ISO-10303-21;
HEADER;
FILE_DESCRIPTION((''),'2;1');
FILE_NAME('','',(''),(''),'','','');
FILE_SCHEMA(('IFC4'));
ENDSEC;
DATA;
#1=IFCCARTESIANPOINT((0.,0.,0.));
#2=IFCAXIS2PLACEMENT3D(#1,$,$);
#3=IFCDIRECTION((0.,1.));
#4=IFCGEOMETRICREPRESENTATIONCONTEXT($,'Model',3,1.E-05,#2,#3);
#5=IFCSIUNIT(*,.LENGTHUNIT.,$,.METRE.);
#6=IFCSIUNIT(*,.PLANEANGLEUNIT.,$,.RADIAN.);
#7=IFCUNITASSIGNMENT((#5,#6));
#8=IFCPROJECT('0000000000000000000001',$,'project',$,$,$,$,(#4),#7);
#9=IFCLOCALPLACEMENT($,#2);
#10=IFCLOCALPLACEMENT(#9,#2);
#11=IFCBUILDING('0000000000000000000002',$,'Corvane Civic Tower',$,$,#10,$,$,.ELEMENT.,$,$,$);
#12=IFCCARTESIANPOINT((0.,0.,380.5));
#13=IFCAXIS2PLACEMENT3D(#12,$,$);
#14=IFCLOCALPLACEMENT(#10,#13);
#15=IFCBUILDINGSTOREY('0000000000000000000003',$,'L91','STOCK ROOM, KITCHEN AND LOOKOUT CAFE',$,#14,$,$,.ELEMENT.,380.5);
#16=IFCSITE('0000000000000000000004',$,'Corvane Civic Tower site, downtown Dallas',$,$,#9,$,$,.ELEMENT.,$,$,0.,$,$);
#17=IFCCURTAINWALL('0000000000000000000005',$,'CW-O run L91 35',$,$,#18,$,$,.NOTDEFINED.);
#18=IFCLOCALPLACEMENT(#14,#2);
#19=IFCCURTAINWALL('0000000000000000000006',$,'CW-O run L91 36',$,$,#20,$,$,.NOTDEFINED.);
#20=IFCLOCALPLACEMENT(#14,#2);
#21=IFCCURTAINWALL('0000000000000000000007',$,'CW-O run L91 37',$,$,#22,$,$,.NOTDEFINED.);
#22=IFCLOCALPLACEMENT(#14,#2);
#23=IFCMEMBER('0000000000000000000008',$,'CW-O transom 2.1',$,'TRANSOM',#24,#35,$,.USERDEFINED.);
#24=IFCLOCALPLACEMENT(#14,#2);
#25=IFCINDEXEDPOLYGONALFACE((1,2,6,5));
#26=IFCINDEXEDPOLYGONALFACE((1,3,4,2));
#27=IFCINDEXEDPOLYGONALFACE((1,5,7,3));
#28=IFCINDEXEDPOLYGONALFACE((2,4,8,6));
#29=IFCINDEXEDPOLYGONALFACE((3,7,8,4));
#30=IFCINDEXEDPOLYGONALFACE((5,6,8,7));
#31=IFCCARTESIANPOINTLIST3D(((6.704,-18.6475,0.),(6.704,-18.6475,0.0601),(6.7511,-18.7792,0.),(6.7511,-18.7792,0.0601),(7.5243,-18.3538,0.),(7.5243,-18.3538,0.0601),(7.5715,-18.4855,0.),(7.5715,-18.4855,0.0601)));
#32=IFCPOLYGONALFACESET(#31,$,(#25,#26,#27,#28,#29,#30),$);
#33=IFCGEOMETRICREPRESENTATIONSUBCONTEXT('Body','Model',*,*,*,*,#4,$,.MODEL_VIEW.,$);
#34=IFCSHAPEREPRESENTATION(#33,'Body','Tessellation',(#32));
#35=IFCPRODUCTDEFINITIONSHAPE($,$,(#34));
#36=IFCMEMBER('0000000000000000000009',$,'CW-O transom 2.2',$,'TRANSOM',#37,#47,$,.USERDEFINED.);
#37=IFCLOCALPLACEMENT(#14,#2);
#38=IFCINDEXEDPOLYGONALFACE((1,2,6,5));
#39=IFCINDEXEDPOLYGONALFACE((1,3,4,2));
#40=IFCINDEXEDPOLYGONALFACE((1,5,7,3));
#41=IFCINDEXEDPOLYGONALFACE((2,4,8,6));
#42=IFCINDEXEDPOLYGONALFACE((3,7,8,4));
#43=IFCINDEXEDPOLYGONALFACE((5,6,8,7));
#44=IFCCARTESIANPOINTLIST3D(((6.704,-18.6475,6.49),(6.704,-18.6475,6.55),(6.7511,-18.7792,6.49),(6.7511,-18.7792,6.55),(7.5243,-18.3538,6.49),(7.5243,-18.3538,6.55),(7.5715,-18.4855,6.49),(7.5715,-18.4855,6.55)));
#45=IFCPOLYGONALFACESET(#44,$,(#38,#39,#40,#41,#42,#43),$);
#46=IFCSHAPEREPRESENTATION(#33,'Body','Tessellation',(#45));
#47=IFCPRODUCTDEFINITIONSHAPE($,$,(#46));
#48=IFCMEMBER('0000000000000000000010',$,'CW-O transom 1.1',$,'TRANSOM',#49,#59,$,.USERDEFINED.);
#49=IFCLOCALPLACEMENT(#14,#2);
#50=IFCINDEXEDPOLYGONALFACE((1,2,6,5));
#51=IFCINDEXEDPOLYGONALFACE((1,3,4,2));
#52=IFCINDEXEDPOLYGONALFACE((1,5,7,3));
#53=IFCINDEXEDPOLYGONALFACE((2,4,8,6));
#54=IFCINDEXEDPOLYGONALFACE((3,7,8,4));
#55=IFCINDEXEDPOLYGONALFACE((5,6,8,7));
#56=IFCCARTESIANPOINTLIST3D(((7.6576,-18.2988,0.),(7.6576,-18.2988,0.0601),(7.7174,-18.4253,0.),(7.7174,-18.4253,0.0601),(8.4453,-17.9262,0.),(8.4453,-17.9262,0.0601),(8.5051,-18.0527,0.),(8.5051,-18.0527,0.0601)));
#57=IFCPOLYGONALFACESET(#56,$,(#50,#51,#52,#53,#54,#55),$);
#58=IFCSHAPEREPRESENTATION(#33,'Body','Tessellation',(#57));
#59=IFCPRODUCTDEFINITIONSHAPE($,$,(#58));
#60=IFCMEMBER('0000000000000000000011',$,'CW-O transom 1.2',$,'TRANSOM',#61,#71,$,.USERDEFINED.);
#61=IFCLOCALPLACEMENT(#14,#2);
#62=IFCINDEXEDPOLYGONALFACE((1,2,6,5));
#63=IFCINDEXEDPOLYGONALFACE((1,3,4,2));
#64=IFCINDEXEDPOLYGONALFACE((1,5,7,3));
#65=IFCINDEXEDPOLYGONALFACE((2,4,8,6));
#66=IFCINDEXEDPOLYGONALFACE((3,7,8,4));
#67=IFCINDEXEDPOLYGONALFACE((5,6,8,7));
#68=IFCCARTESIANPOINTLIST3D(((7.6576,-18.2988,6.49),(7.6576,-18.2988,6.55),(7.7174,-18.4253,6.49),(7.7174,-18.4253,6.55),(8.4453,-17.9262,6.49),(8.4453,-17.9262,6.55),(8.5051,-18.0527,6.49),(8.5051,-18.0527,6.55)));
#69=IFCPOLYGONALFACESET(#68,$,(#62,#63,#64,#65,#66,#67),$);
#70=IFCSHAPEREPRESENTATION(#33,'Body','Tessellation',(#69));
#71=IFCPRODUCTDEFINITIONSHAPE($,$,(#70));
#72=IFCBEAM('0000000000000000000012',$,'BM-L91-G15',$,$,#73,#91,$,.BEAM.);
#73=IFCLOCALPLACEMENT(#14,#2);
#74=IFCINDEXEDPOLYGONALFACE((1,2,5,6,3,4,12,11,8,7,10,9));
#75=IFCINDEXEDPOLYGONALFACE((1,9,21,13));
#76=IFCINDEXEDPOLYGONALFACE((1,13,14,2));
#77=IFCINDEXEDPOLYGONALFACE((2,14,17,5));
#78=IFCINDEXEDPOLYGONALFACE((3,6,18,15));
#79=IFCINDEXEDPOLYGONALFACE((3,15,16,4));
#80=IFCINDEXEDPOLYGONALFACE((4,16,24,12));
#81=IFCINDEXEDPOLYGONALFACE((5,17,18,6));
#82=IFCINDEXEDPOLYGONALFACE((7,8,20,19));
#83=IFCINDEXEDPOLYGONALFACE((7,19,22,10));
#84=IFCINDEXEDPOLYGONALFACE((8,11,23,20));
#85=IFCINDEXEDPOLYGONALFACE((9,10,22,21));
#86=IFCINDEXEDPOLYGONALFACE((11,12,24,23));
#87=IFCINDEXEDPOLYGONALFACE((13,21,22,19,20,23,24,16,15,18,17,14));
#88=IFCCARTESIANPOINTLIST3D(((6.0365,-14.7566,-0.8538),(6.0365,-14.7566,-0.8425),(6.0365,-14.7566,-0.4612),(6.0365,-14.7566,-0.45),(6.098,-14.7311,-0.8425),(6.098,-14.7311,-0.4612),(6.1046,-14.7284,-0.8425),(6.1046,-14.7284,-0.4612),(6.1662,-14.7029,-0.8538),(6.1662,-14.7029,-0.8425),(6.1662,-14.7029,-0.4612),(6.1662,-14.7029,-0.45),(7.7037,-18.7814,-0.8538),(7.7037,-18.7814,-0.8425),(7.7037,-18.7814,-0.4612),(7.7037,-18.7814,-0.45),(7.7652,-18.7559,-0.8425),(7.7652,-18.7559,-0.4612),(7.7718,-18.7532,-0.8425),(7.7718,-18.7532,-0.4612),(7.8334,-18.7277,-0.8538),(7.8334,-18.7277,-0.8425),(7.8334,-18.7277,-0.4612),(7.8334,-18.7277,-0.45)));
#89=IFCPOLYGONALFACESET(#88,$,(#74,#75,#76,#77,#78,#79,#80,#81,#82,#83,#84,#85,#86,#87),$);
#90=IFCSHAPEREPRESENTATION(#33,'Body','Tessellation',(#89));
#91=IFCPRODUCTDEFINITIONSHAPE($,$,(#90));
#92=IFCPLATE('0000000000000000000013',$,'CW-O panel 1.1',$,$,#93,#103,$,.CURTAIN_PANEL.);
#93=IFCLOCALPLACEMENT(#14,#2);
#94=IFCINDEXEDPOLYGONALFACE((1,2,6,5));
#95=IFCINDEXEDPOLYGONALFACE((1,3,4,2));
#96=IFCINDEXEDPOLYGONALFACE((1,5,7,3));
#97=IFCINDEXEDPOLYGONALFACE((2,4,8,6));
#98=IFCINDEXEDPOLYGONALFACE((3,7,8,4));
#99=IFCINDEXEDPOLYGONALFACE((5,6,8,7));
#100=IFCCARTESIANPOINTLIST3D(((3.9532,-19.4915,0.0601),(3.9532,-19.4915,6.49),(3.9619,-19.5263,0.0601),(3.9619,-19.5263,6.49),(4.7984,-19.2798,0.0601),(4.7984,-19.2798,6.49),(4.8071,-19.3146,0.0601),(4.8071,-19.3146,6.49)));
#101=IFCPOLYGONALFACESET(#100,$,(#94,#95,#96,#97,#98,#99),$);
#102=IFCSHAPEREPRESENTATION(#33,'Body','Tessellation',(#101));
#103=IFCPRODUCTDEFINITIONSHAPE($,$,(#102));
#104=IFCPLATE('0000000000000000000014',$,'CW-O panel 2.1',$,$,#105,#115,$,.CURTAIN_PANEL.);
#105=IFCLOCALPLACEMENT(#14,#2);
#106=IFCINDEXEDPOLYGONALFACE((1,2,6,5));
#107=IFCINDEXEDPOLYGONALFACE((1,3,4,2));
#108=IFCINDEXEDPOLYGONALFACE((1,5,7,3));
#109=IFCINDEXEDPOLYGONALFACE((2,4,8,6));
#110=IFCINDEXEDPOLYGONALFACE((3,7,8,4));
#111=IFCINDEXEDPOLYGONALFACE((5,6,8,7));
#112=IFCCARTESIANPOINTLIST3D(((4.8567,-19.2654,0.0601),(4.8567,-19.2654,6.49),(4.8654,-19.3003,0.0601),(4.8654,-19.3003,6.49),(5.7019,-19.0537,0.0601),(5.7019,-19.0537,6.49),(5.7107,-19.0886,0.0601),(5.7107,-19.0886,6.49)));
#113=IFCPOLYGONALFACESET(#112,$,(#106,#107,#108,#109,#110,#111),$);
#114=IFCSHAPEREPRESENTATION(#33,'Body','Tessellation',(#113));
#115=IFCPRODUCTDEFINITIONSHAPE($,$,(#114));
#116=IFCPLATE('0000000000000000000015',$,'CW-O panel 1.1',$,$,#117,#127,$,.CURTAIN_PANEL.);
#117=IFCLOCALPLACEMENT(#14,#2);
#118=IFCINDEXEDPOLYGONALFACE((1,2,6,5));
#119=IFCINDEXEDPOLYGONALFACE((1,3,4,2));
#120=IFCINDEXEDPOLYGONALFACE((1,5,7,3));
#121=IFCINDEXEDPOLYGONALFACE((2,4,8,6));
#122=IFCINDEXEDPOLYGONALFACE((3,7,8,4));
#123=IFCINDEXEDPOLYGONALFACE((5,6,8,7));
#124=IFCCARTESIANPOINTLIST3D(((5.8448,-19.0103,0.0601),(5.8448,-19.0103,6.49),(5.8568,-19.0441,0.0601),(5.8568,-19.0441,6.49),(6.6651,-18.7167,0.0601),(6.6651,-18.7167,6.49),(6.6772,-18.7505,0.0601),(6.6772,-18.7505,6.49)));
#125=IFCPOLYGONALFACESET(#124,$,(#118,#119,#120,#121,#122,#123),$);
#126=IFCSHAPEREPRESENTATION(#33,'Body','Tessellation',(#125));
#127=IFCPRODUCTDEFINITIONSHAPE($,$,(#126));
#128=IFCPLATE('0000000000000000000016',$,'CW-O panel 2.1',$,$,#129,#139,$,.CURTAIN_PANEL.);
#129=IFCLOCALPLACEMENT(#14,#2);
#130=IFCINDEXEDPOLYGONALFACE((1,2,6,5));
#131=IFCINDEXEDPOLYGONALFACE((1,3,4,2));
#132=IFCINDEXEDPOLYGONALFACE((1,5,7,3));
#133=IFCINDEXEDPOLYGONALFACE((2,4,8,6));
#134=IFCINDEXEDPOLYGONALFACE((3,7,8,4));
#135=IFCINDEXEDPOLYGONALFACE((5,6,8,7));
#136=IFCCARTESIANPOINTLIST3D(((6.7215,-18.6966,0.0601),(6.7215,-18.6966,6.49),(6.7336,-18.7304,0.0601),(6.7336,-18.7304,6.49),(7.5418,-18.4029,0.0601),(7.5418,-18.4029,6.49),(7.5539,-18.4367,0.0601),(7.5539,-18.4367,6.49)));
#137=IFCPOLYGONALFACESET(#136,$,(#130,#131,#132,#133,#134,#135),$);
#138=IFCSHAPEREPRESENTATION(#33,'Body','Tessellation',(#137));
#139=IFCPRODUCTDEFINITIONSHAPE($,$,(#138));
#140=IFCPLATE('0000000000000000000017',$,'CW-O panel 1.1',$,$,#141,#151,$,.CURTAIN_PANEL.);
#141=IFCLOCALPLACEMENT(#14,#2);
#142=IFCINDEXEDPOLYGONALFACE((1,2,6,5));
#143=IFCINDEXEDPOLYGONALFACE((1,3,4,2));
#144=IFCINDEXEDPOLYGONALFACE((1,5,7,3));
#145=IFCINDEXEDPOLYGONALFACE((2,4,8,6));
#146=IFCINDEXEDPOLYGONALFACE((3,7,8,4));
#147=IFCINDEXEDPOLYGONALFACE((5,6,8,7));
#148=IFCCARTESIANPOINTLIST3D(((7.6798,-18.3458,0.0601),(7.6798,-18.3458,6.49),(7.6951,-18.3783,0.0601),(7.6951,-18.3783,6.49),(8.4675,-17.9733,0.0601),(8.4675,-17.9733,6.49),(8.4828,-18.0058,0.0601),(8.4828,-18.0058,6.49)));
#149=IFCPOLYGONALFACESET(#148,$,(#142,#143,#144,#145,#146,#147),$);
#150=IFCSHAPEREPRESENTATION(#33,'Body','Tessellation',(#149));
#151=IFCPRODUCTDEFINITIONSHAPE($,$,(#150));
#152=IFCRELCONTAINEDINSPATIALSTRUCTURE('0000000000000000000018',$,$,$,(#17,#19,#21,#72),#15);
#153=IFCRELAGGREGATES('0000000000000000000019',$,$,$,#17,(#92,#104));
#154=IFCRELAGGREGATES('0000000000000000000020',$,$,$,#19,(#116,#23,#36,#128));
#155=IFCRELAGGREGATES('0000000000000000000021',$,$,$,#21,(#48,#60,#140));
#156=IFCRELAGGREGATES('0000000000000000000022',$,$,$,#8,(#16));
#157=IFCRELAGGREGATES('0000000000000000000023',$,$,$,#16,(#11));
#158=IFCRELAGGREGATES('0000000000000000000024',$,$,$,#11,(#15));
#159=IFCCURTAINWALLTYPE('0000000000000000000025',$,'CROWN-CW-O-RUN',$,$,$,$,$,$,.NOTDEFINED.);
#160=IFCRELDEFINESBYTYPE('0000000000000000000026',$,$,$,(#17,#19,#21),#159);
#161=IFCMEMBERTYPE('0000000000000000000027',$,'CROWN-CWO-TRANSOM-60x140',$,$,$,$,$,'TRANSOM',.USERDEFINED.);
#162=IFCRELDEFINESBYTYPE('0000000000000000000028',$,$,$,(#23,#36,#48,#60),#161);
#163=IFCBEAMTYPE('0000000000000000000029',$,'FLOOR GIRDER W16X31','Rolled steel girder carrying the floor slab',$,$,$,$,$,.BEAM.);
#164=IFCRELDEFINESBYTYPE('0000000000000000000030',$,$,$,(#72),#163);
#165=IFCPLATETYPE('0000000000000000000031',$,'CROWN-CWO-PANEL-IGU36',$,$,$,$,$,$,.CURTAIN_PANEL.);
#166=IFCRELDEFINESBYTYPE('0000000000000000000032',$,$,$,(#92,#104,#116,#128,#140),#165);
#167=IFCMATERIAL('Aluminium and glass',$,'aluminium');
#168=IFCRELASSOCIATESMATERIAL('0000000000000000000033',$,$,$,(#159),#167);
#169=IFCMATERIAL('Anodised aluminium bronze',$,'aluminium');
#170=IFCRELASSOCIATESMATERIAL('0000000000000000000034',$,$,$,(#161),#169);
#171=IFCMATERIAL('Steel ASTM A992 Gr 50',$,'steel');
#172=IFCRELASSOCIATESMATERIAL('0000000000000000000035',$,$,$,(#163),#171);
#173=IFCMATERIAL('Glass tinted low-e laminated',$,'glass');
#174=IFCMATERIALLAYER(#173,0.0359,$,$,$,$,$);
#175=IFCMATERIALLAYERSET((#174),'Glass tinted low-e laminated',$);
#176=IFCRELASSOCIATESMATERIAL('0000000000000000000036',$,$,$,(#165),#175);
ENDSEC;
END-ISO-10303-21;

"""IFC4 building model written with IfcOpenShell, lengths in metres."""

from ifc_helpers import new_model, si_unit, direction, frame, origin, origin_2d, place, context, subcontext, project, spatial, rectangle, i_section, extrude, material, layer, layer_set, material_profile, profile_set, type_object, element, aggregate, save


model = new_model("IFC4")

# Units and contexts
model_context = context("Model", 3, precision=1e-05, world=origin(), true_north=direction((0.0, 1.0)))
body_context = subcontext(model_context, "Body", "Model", "MODEL_VIEW")
ifc_project = project(units=[si_unit("LENGTHUNIT", "METRE"), si_unit("PLANEANGLEUNIT", "RADIAN")], contexts=[model_context])

# Site, building, storey
site_placement = place(None, origin())
site = spatial("IfcSite", under=ifc_project, at=site_placement, Name="Corvane Civic Tower site, downtown Dallas", CompositionType="ELEMENT", RefElevation=0.0)
building_placement = place(site_placement, origin())
building = spatial("IfcBuilding", under=site, at=building_placement, Name="Corvane Civic Tower", CompositionType="ELEMENT")
storey_placement = place(building_placement, frame((0.0, 0.0, 380.5)))
storey = spatial("IfcBuildingStorey", under=building, at=storey_placement, Name="L91", Description="STOCK ROOM, KITCHEN AND LOOKOUT CAFE", CompositionType="ELEMENT", Elevation=380.5)

# Curtain walls
ifc_material_1 = material(Name="Aluminium and glass", Category="aluminium")
curtain_wall_type = type_object("IfcCurtainWallType", Name="CROWN-CW-O-RUN", PredefinedType="NOTDEFINED", material=ifc_material_1)
curtain_wall_1_placement = place(storey_placement, origin())
curtain_wall_1 = element("IfcCurtainWall", 1, at=curtain_wall_1_placement, inside=storey, type_object=curtain_wall_type, Name="CW-O run L91 35", PredefinedType="NOTDEFINED")
curtain_wall_2_placement = place(storey_placement, origin())
curtain_wall_2 = element("IfcCurtainWall", 2, at=curtain_wall_2_placement, inside=storey, type_object=curtain_wall_type, Name="CW-O run L91 36", PredefinedType="NOTDEFINED")
curtain_wall_3_placement = place(storey_placement, origin())
curtain_wall_3 = element("IfcCurtainWall", 3, at=curtain_wall_3_placement, inside=storey, type_object=curtain_wall_type, Name="CW-O run L91 37", PredefinedType="NOTDEFINED")

# Members
ifc_material_2 = material(Name="Anodised aluminium bronze", Category="aluminium")
ifc_material_profile_1 = material_profile(ifc_material_2, rectangle(XDim=0.1399, YDim=0.0601, at=origin_2d()), Name="AL 140x60")
ifc_profile_set_1 = profile_set([ifc_material_profile_1], Name="Anodised aluminium bronze")
member_type_1 = type_object("IfcMemberType", Name="CROWN-CWO-TRANSOM-60x140", ElementType="TRANSOM", PredefinedType="USERDEFINED", material=ifc_profile_set_1)
member_1_placement = place(storey_placement, frame((6.7275, -18.7134, 0.03), z_axis=(0.941475, 0.337082, 0.0), x_axis=(-0.337082, 0.941475, 0.0)))
member_1 = element("IfcMember", 4, at=member_1_placement, type_object=member_type_1, Name="CW-O transom 2.1", ObjectType="TRANSOM", PredefinedType="USERDEFINED", context=body_context, shape_type="SweptSolid", body=[
    extrude(rectangle(XDim=0.1399, YDim=0.0601, at=origin_2d()), origin(), (0.0, 0.0, 1.0), 0.8713),
])
member_2_placement = place(storey_placement, frame((6.7275, -18.7134, 6.52), z_axis=(0.941475, 0.337082, 0.0), x_axis=(-0.337082, 0.941475, 0.0)))
member_2 = element("IfcMember", 5, at=member_2_placement, type_object=member_type_1, Name="CW-O transom 2.2", ObjectType="TRANSOM", PredefinedType="USERDEFINED", context=body_context, shape_type="SweptSolid", body=[
    extrude(rectangle(XDim=0.1399, YDim=0.0601, at=origin_2d()), origin(), (0.0, 0.0, 1.0), 0.8713),
])
member_3_placement = place(storey_placement, frame((7.6875, -18.3621, 0.03), z_axis=(0.903966, 0.427604, 0.0), x_axis=(-0.427604, 0.903966, 0.0)))
member_3 = element("IfcMember", 6, at=member_3_placement, type_object=member_type_1, Name="CW-O transom 1.1", ObjectType="TRANSOM", PredefinedType="USERDEFINED", context=body_context, shape_type="SweptSolid", body=[
    extrude(rectangle(XDim=0.1399, YDim=0.0601, at=origin_2d()), origin(), (0.0, 0.0, 1.0), 0.8713),
])
member_4_placement = place(storey_placement, frame((7.6875, -18.3621, 6.52), z_axis=(0.903966, 0.427604, 0.0), x_axis=(-0.427604, 0.903966, 0.0)))
member_4 = element("IfcMember", 7, at=member_4_placement, type_object=member_type_1, Name="CW-O transom 1.2", ObjectType="TRANSOM", PredefinedType="USERDEFINED", context=body_context, shape_type="SweptSolid", body=[
    extrude(rectangle(XDim=0.1399, YDim=0.0601, at=origin_2d()), origin(), (0.0, 0.0, 1.0), 0.8713),
])

# Beam
ifc_material_3 = material(Name="Steel ASTM A992 Gr 50", Category="steel")
ifc_material_profile_2 = material_profile(ifc_material_3, i_section(OverallWidth=0.1404, OverallDepth=0.4038, WebThickness=0.0071, FlangeThickness=0.0112, at=origin_2d()), Name="W16X31")
ifc_profile_set_2 = profile_set([ifc_material_profile_2], Name="Steel ASTM A992 Gr 50")
beam_type = type_object("IfcBeamType", Name="FLOOR GIRDER W16X31", Description="Rolled steel girder carrying the floor slab", PredefinedType="BEAM", material=ifc_profile_set_2)
beam_placement = place(storey_placement, frame((6.1013, -14.7297, -0.6519), z_axis=(0.382697, -0.923874, 0.0), x_axis=(0.923874, 0.382697, 0.0)))
element("IfcBeam", 8, at=beam_placement, inside=storey, type_object=beam_type, Name="BM-L91-G15", PredefinedType="BEAM", context=body_context, shape_type="SweptSolid", body=[
    extrude(i_section(OverallWidth=0.1404, OverallDepth=0.4038, WebThickness=0.0071, FlangeThickness=0.0112, at=origin_2d()), origin(), (0.0, 0.0, 1.0), 4.3564),
])

# Plates
ifc_material_4 = material(Name="Glass tinted low-e laminated", Category="glass")
ifc_layer = layer(ifc_material_4, 0.0359)
ifc_layer_set = layer_set([ifc_layer], Name="Glass tinted low-e laminated")
plate_type = type_object("IfcPlateType", Name="CROWN-CWO-PANEL-IGU36", PredefinedType="CURTAIN_PANEL", material=ifc_layer_set)
plate_1_placement = place(storey_placement, frame((4.3801, -19.4031, 0.0601), z_axis=(0.0, 0.0, 1.0), x_axis=(0.970038, 0.242952, 0.0)))
plate_1 = element("IfcPlate", 9, at=plate_1_placement, type_object=plate_type, Name="CW-O panel 1.1", PredefinedType="CURTAIN_PANEL", context=body_context, shape_type="SweptSolid", body=[
    extrude(rectangle(XDim=0.8713, YDim=0.0359, at=origin_2d()), origin(), (0.0, 0.0, 1.0), 6.4299),
])
plate_2_placement = place(storey_placement, frame((5.2837, -19.177, 0.0601), z_axis=(0.0, 0.0, 1.0), x_axis=(0.970038, 0.242952, 0.0)))
plate_2 = element("IfcPlate", 10, at=plate_2_placement, type_object=plate_type, Name="CW-O panel 2.1", PredefinedType="CURTAIN_PANEL", context=body_context, shape_type="SweptSolid", body=[
    extrude(rectangle(XDim=0.8713, YDim=0.0359, at=origin_2d()), origin(), (0.0, 0.0, 1.0), 6.4299),
])
aggregate(curtain_wall_1, [plate_1, plate_2])
plate_3_placement = place(storey_placement, frame((6.261, -18.8804, 0.0601), z_axis=(0.0, 0.0, 1.0), x_axis=(0.941511, 0.336982, 0.0)))
plate_3 = element("IfcPlate", 11, at=plate_3_placement, type_object=plate_type, Name="CW-O panel 1.1", PredefinedType="CURTAIN_PANEL", context=body_context, shape_type="SweptSolid", body=[
    extrude(rectangle(XDim=0.8713, YDim=0.0359, at=origin_2d()), origin(), (0.0, 0.0, 1.0), 6.4299),
])
plate_4_placement = place(storey_placement, frame((7.1377, -18.5667, 0.0601), z_axis=(0.0, 0.0, 1.0), x_axis=(0.941511, 0.336982, 0.0)))
plate_4 = element("IfcPlate", 12, at=plate_4_placement, type_object=plate_type, Name="CW-O panel 2.1", PredefinedType="CURTAIN_PANEL", context=body_context, shape_type="SweptSolid", body=[
    extrude(rectangle(XDim=0.8713, YDim=0.0359, at=origin_2d()), origin(), (0.0, 0.0, 1.0), 6.4299),
])
aggregate(curtain_wall_2, [plate_3, member_1, member_2, plate_4])
plate_5_placement = place(storey_placement, frame((8.0813, -18.1758, 0.0601), z_axis=(0.0, 0.0, 1.0), x_axis=(0.904011, 0.427509, 0.0)))
plate_5 = element("IfcPlate", 13, at=plate_5_placement, type_object=plate_type, Name="CW-O panel 1.1", PredefinedType="CURTAIN_PANEL", context=body_context, shape_type="SweptSolid", body=[
    extrude(rectangle(XDim=0.8713, YDim=0.0359, at=origin_2d()), origin(), (0.0, 0.0, 1.0), 6.4299),
])
aggregate(curtain_wall_3, [member_3, member_4, plate_5])

save(model, "model.ifc")
